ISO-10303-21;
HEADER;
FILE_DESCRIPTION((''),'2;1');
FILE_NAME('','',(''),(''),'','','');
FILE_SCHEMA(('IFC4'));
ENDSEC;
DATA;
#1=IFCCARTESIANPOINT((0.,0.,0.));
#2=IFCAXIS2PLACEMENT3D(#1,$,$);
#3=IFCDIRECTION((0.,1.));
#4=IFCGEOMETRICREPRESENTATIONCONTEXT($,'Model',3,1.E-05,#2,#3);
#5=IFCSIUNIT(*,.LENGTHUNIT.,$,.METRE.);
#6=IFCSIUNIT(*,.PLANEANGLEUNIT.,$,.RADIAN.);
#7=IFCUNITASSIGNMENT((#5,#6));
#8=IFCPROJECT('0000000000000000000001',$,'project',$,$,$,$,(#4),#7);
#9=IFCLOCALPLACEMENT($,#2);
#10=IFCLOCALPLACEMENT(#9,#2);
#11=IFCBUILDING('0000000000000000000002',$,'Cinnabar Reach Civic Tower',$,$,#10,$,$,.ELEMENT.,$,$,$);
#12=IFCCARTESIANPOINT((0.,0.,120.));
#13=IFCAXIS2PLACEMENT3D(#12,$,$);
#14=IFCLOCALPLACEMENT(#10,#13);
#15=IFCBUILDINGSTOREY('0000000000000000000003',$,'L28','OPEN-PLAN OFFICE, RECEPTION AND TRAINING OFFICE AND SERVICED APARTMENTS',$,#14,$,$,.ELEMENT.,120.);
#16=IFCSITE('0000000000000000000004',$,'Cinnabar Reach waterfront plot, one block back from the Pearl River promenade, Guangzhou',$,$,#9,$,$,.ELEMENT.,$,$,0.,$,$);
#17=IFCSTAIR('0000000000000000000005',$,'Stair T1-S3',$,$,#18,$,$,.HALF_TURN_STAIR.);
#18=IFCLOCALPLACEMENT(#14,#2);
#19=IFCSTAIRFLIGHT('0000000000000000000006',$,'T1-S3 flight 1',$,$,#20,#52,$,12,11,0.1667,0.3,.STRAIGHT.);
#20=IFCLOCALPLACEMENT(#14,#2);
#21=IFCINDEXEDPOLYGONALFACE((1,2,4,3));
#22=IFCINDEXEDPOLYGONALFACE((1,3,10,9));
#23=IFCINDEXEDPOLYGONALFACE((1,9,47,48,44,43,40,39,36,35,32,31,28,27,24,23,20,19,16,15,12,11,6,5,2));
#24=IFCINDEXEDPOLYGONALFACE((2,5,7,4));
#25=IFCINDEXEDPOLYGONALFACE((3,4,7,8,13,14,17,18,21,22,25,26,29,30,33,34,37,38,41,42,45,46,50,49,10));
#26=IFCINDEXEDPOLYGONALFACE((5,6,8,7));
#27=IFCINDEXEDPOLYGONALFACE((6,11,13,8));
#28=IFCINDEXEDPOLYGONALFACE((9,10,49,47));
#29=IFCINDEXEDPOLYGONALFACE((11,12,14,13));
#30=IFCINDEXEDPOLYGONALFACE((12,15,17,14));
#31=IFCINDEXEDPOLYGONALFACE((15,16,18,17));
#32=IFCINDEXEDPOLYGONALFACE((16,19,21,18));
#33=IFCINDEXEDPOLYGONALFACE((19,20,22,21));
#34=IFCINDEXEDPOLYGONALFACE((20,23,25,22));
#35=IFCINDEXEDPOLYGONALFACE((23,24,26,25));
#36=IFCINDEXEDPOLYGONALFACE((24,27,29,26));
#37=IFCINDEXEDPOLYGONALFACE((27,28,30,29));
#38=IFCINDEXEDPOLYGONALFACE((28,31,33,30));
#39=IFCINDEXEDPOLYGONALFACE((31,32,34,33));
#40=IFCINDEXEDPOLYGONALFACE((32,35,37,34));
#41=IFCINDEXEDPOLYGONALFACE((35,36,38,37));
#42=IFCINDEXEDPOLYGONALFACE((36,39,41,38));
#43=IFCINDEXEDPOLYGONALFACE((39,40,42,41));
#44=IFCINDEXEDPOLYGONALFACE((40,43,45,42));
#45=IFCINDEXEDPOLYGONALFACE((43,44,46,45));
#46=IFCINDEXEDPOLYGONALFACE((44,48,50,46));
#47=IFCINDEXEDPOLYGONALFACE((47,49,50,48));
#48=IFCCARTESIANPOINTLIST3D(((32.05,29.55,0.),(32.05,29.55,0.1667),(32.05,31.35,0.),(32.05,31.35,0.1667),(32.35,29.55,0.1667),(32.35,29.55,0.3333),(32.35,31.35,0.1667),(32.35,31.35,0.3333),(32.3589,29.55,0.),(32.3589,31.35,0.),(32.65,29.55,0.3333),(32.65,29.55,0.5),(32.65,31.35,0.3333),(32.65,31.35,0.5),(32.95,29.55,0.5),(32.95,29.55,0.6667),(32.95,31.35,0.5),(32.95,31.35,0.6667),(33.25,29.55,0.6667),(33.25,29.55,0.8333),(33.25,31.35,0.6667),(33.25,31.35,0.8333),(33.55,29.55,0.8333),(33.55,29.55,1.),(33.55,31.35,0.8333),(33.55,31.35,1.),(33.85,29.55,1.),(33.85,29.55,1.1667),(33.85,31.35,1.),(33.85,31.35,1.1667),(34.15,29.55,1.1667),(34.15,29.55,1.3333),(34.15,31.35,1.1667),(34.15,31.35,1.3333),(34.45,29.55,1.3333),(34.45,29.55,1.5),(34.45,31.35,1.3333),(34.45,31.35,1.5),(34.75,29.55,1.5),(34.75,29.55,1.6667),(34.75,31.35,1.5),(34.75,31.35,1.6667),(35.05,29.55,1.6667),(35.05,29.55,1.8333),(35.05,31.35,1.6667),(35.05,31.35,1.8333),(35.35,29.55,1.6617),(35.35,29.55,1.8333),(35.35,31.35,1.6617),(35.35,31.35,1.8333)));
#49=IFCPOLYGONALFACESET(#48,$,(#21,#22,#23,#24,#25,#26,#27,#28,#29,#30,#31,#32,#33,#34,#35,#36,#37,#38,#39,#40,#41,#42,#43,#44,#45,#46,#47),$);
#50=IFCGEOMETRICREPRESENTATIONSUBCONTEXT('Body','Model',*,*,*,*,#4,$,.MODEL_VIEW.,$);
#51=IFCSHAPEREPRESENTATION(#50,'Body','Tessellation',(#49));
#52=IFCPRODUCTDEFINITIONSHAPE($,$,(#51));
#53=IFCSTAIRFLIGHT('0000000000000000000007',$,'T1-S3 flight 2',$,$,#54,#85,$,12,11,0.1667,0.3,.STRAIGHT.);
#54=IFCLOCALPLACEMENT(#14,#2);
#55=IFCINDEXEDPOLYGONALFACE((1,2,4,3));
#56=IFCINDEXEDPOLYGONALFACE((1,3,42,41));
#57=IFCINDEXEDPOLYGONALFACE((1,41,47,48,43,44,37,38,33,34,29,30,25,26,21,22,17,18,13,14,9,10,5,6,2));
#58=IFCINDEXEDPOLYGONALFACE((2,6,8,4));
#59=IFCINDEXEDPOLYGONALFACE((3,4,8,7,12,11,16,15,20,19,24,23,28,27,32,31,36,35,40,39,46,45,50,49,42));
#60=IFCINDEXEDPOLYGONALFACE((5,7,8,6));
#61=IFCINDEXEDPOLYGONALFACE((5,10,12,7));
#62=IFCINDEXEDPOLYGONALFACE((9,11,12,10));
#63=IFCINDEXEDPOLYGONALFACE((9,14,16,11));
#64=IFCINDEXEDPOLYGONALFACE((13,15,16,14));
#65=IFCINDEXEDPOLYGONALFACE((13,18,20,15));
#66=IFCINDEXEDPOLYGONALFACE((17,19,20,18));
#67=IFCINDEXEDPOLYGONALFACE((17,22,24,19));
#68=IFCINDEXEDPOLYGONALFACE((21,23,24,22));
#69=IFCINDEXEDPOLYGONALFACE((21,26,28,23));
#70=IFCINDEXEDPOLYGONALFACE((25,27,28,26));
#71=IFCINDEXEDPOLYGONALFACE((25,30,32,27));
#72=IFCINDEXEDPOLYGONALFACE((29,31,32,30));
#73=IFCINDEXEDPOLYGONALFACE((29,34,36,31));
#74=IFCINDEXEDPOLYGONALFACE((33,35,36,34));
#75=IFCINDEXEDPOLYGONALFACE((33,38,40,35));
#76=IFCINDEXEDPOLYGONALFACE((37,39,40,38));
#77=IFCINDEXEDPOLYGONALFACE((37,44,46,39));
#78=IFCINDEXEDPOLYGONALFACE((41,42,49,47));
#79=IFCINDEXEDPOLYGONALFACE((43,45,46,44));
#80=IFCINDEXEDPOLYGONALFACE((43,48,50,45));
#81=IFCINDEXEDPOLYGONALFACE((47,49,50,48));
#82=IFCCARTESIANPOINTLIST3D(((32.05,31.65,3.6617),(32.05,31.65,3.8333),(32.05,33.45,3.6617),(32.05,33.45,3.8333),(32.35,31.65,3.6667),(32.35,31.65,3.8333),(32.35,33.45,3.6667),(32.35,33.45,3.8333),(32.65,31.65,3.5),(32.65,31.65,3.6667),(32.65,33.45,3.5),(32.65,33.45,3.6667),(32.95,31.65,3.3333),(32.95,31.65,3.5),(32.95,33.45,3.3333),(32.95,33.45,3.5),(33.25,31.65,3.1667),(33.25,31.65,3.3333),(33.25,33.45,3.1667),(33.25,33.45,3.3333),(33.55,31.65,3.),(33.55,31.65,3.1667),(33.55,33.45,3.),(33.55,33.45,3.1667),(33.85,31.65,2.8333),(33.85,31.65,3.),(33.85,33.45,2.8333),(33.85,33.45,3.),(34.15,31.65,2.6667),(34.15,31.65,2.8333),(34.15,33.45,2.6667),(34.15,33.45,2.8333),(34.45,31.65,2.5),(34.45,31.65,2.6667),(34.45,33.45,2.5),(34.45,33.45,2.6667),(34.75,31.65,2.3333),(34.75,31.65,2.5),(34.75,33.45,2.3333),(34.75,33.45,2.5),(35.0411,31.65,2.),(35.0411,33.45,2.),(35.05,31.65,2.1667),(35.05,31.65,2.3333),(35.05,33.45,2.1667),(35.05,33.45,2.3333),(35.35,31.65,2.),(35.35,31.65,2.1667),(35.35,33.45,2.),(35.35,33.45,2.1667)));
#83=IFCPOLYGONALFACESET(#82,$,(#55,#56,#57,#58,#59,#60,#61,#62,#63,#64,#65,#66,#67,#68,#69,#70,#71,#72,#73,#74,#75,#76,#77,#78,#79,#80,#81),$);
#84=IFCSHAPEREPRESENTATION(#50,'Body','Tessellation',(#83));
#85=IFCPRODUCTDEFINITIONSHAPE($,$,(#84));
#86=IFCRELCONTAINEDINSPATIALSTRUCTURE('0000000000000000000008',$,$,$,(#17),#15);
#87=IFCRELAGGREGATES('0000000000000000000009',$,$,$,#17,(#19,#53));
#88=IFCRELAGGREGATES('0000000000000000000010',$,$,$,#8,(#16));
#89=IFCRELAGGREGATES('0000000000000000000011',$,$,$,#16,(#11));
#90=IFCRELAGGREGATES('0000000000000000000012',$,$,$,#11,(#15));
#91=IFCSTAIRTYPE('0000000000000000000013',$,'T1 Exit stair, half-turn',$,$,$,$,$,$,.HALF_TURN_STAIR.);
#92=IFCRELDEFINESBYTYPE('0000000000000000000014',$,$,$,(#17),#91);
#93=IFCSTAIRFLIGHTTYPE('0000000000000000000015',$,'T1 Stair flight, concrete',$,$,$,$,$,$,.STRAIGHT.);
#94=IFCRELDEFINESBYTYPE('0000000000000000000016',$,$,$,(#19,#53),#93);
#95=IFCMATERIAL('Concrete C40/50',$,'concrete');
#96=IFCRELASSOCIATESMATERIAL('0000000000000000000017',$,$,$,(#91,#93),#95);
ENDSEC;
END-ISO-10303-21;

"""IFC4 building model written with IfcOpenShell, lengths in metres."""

from ifc_helpers import new_model, si_unit, direction, frame, origin, place, context, subcontext, project, spatial, polyline, outline, extrude, material, type_object, element, aggregate, save


model = new_model("IFC4")

# Units and contexts
model_context = context("Model", 3, precision=1e-05, world=origin(), true_north=direction((0.0, 1.0)))
body_context = subcontext(model_context, "Body", "Model", "MODEL_VIEW")
ifc_project = project(units=[si_unit("LENGTHUNIT", "METRE"), si_unit("PLANEANGLEUNIT", "RADIAN")], contexts=[model_context])

# Site, building, storey
site_placement = place(None, origin())
site = spatial("IfcSite", under=ifc_project, at=site_placement, Name="Cinnabar Reach waterfront plot, one block back from the Pearl River promenade, Guangzhou", CompositionType="ELEMENT", RefElevation=0.0)
building_placement = place(site_placement, origin())
building = spatial("IfcBuilding", under=site, at=building_placement, Name="Cinnabar Reach Civic Tower", CompositionType="ELEMENT")
storey_placement = place(building_placement, frame((0.0, 0.0, 120.0)))
storey = spatial("IfcBuildingStorey", under=building, at=storey_placement, Name="L28", Description="OPEN-PLAN OFFICE, RECEPTION AND TRAINING OFFICE AND SERVICED APARTMENTS", CompositionType="ELEMENT", Elevation=120.0)

# Stair, stair flights
ifc_material_1 = material(Name="Concrete C40/50", Category="concrete")
stair_type = type_object("IfcStairType", Name="T1 Exit stair, half-turn", PredefinedType="HALF_TURN_STAIR", material=ifc_material_1)
stair_placement = place(storey_placement, origin())
stair = element("IfcStair", 1, at=stair_placement, inside=storey, type_object=stair_type, Name="Stair T1-S3", PredefinedType="HALF_TURN_STAIR")
stair_flight_type = type_object("IfcStairFlightType", Name="T1 Stair flight, concrete", PredefinedType="STRAIGHT", material=ifc_material_1)
stair_flight_1_placement = place(storey_placement, frame((32.05, 30.45, 0.0), z_axis=(0.0, 0.0, 1.0), x_axis=(1.0, 0.0, 0.0)))
stair_flight_1 = element("IfcStairFlight", 2, at=stair_flight_1_placement, type_object=stair_flight_type, Name="T1-S3 flight 1", NumberOfRisers=12, NumberOfTreads=11, PredefinedType="STRAIGHT", RiserHeight=0.1667, TreadLength=0.3, context=body_context, shape_type="SweptSolid", body=[
    extrude(outline(polyline([(0.0, 0.0), (0.0, 0.1667), (0.3, 0.1667), (0.3, 0.3333), (0.6, 0.3333), (0.6, 0.5), (0.9, 0.5), (0.9, 0.6667), (1.2, 0.6667), (1.2, 0.8333), (1.5, 0.8333), (1.5, 1.0), (1.8, 1.0), (1.8, 1.1667), (2.1, 1.1667), (2.1, 1.3333), (2.4, 1.3333), (2.4, 1.5), (2.7, 1.5), (2.7, 1.6667), (3.0, 1.6667), (3.0, 1.8333), (3.3, 1.8333), (3.3, 2.0), (3.3, 1.6617), (0.3089, 0.0), (0.0, 0.0)])), frame((0.0, 0.9, 0.0), z_axis=(0.0, -1.0, 0.0), x_axis=(1.0, 0.0, 0.0)), (0.0, 0.0, 1.0), 1.8),
])
stair_flight_2_placement = place(storey_placement, frame((35.35, 32.55, 2.0), z_axis=(0.0, 0.0, 1.0), x_axis=(-1.0, 0.0, 0.0)))
stair_flight_2 = element("IfcStairFlight", 3, at=stair_flight_2_placement, type_object=stair_flight_type, Name="T1-S3 flight 2", NumberOfRisers=12, NumberOfTreads=11, PredefinedType="STRAIGHT", RiserHeight=0.1667, TreadLength=0.3, context=body_context, shape_type="SweptSolid", body=[
    extrude(outline(polyline([(0.0, 0.0), (0.0, 0.1667), (0.3, 0.1667), (0.3, 0.3333), (0.6, 0.3333), (0.6, 0.5), (0.9, 0.5), (0.9, 0.6667), (1.2, 0.6667), (1.2, 0.8333), (1.5, 0.8333), (1.5, 1.0), (1.8, 1.0), (1.8, 1.1667), (2.1, 1.1667), (2.1, 1.3333), (2.4, 1.3333), (2.4, 1.5), (2.7, 1.5), (2.7, 1.6667), (3.0, 1.6667), (3.0, 1.8333), (3.3, 1.8333), (3.3, 2.0), (3.3, 1.6617), (0.3089, 0.0), (0.0, 0.0)])), frame((0.0, 0.9, 0.0), z_axis=(0.0, -1.0, 0.0), x_axis=(1.0, 0.0, 0.0)), (0.0, 0.0, 1.0), 1.8),
])
aggregate(stair, [stair_flight_1, stair_flight_2])

save(model, "model.ifc")
